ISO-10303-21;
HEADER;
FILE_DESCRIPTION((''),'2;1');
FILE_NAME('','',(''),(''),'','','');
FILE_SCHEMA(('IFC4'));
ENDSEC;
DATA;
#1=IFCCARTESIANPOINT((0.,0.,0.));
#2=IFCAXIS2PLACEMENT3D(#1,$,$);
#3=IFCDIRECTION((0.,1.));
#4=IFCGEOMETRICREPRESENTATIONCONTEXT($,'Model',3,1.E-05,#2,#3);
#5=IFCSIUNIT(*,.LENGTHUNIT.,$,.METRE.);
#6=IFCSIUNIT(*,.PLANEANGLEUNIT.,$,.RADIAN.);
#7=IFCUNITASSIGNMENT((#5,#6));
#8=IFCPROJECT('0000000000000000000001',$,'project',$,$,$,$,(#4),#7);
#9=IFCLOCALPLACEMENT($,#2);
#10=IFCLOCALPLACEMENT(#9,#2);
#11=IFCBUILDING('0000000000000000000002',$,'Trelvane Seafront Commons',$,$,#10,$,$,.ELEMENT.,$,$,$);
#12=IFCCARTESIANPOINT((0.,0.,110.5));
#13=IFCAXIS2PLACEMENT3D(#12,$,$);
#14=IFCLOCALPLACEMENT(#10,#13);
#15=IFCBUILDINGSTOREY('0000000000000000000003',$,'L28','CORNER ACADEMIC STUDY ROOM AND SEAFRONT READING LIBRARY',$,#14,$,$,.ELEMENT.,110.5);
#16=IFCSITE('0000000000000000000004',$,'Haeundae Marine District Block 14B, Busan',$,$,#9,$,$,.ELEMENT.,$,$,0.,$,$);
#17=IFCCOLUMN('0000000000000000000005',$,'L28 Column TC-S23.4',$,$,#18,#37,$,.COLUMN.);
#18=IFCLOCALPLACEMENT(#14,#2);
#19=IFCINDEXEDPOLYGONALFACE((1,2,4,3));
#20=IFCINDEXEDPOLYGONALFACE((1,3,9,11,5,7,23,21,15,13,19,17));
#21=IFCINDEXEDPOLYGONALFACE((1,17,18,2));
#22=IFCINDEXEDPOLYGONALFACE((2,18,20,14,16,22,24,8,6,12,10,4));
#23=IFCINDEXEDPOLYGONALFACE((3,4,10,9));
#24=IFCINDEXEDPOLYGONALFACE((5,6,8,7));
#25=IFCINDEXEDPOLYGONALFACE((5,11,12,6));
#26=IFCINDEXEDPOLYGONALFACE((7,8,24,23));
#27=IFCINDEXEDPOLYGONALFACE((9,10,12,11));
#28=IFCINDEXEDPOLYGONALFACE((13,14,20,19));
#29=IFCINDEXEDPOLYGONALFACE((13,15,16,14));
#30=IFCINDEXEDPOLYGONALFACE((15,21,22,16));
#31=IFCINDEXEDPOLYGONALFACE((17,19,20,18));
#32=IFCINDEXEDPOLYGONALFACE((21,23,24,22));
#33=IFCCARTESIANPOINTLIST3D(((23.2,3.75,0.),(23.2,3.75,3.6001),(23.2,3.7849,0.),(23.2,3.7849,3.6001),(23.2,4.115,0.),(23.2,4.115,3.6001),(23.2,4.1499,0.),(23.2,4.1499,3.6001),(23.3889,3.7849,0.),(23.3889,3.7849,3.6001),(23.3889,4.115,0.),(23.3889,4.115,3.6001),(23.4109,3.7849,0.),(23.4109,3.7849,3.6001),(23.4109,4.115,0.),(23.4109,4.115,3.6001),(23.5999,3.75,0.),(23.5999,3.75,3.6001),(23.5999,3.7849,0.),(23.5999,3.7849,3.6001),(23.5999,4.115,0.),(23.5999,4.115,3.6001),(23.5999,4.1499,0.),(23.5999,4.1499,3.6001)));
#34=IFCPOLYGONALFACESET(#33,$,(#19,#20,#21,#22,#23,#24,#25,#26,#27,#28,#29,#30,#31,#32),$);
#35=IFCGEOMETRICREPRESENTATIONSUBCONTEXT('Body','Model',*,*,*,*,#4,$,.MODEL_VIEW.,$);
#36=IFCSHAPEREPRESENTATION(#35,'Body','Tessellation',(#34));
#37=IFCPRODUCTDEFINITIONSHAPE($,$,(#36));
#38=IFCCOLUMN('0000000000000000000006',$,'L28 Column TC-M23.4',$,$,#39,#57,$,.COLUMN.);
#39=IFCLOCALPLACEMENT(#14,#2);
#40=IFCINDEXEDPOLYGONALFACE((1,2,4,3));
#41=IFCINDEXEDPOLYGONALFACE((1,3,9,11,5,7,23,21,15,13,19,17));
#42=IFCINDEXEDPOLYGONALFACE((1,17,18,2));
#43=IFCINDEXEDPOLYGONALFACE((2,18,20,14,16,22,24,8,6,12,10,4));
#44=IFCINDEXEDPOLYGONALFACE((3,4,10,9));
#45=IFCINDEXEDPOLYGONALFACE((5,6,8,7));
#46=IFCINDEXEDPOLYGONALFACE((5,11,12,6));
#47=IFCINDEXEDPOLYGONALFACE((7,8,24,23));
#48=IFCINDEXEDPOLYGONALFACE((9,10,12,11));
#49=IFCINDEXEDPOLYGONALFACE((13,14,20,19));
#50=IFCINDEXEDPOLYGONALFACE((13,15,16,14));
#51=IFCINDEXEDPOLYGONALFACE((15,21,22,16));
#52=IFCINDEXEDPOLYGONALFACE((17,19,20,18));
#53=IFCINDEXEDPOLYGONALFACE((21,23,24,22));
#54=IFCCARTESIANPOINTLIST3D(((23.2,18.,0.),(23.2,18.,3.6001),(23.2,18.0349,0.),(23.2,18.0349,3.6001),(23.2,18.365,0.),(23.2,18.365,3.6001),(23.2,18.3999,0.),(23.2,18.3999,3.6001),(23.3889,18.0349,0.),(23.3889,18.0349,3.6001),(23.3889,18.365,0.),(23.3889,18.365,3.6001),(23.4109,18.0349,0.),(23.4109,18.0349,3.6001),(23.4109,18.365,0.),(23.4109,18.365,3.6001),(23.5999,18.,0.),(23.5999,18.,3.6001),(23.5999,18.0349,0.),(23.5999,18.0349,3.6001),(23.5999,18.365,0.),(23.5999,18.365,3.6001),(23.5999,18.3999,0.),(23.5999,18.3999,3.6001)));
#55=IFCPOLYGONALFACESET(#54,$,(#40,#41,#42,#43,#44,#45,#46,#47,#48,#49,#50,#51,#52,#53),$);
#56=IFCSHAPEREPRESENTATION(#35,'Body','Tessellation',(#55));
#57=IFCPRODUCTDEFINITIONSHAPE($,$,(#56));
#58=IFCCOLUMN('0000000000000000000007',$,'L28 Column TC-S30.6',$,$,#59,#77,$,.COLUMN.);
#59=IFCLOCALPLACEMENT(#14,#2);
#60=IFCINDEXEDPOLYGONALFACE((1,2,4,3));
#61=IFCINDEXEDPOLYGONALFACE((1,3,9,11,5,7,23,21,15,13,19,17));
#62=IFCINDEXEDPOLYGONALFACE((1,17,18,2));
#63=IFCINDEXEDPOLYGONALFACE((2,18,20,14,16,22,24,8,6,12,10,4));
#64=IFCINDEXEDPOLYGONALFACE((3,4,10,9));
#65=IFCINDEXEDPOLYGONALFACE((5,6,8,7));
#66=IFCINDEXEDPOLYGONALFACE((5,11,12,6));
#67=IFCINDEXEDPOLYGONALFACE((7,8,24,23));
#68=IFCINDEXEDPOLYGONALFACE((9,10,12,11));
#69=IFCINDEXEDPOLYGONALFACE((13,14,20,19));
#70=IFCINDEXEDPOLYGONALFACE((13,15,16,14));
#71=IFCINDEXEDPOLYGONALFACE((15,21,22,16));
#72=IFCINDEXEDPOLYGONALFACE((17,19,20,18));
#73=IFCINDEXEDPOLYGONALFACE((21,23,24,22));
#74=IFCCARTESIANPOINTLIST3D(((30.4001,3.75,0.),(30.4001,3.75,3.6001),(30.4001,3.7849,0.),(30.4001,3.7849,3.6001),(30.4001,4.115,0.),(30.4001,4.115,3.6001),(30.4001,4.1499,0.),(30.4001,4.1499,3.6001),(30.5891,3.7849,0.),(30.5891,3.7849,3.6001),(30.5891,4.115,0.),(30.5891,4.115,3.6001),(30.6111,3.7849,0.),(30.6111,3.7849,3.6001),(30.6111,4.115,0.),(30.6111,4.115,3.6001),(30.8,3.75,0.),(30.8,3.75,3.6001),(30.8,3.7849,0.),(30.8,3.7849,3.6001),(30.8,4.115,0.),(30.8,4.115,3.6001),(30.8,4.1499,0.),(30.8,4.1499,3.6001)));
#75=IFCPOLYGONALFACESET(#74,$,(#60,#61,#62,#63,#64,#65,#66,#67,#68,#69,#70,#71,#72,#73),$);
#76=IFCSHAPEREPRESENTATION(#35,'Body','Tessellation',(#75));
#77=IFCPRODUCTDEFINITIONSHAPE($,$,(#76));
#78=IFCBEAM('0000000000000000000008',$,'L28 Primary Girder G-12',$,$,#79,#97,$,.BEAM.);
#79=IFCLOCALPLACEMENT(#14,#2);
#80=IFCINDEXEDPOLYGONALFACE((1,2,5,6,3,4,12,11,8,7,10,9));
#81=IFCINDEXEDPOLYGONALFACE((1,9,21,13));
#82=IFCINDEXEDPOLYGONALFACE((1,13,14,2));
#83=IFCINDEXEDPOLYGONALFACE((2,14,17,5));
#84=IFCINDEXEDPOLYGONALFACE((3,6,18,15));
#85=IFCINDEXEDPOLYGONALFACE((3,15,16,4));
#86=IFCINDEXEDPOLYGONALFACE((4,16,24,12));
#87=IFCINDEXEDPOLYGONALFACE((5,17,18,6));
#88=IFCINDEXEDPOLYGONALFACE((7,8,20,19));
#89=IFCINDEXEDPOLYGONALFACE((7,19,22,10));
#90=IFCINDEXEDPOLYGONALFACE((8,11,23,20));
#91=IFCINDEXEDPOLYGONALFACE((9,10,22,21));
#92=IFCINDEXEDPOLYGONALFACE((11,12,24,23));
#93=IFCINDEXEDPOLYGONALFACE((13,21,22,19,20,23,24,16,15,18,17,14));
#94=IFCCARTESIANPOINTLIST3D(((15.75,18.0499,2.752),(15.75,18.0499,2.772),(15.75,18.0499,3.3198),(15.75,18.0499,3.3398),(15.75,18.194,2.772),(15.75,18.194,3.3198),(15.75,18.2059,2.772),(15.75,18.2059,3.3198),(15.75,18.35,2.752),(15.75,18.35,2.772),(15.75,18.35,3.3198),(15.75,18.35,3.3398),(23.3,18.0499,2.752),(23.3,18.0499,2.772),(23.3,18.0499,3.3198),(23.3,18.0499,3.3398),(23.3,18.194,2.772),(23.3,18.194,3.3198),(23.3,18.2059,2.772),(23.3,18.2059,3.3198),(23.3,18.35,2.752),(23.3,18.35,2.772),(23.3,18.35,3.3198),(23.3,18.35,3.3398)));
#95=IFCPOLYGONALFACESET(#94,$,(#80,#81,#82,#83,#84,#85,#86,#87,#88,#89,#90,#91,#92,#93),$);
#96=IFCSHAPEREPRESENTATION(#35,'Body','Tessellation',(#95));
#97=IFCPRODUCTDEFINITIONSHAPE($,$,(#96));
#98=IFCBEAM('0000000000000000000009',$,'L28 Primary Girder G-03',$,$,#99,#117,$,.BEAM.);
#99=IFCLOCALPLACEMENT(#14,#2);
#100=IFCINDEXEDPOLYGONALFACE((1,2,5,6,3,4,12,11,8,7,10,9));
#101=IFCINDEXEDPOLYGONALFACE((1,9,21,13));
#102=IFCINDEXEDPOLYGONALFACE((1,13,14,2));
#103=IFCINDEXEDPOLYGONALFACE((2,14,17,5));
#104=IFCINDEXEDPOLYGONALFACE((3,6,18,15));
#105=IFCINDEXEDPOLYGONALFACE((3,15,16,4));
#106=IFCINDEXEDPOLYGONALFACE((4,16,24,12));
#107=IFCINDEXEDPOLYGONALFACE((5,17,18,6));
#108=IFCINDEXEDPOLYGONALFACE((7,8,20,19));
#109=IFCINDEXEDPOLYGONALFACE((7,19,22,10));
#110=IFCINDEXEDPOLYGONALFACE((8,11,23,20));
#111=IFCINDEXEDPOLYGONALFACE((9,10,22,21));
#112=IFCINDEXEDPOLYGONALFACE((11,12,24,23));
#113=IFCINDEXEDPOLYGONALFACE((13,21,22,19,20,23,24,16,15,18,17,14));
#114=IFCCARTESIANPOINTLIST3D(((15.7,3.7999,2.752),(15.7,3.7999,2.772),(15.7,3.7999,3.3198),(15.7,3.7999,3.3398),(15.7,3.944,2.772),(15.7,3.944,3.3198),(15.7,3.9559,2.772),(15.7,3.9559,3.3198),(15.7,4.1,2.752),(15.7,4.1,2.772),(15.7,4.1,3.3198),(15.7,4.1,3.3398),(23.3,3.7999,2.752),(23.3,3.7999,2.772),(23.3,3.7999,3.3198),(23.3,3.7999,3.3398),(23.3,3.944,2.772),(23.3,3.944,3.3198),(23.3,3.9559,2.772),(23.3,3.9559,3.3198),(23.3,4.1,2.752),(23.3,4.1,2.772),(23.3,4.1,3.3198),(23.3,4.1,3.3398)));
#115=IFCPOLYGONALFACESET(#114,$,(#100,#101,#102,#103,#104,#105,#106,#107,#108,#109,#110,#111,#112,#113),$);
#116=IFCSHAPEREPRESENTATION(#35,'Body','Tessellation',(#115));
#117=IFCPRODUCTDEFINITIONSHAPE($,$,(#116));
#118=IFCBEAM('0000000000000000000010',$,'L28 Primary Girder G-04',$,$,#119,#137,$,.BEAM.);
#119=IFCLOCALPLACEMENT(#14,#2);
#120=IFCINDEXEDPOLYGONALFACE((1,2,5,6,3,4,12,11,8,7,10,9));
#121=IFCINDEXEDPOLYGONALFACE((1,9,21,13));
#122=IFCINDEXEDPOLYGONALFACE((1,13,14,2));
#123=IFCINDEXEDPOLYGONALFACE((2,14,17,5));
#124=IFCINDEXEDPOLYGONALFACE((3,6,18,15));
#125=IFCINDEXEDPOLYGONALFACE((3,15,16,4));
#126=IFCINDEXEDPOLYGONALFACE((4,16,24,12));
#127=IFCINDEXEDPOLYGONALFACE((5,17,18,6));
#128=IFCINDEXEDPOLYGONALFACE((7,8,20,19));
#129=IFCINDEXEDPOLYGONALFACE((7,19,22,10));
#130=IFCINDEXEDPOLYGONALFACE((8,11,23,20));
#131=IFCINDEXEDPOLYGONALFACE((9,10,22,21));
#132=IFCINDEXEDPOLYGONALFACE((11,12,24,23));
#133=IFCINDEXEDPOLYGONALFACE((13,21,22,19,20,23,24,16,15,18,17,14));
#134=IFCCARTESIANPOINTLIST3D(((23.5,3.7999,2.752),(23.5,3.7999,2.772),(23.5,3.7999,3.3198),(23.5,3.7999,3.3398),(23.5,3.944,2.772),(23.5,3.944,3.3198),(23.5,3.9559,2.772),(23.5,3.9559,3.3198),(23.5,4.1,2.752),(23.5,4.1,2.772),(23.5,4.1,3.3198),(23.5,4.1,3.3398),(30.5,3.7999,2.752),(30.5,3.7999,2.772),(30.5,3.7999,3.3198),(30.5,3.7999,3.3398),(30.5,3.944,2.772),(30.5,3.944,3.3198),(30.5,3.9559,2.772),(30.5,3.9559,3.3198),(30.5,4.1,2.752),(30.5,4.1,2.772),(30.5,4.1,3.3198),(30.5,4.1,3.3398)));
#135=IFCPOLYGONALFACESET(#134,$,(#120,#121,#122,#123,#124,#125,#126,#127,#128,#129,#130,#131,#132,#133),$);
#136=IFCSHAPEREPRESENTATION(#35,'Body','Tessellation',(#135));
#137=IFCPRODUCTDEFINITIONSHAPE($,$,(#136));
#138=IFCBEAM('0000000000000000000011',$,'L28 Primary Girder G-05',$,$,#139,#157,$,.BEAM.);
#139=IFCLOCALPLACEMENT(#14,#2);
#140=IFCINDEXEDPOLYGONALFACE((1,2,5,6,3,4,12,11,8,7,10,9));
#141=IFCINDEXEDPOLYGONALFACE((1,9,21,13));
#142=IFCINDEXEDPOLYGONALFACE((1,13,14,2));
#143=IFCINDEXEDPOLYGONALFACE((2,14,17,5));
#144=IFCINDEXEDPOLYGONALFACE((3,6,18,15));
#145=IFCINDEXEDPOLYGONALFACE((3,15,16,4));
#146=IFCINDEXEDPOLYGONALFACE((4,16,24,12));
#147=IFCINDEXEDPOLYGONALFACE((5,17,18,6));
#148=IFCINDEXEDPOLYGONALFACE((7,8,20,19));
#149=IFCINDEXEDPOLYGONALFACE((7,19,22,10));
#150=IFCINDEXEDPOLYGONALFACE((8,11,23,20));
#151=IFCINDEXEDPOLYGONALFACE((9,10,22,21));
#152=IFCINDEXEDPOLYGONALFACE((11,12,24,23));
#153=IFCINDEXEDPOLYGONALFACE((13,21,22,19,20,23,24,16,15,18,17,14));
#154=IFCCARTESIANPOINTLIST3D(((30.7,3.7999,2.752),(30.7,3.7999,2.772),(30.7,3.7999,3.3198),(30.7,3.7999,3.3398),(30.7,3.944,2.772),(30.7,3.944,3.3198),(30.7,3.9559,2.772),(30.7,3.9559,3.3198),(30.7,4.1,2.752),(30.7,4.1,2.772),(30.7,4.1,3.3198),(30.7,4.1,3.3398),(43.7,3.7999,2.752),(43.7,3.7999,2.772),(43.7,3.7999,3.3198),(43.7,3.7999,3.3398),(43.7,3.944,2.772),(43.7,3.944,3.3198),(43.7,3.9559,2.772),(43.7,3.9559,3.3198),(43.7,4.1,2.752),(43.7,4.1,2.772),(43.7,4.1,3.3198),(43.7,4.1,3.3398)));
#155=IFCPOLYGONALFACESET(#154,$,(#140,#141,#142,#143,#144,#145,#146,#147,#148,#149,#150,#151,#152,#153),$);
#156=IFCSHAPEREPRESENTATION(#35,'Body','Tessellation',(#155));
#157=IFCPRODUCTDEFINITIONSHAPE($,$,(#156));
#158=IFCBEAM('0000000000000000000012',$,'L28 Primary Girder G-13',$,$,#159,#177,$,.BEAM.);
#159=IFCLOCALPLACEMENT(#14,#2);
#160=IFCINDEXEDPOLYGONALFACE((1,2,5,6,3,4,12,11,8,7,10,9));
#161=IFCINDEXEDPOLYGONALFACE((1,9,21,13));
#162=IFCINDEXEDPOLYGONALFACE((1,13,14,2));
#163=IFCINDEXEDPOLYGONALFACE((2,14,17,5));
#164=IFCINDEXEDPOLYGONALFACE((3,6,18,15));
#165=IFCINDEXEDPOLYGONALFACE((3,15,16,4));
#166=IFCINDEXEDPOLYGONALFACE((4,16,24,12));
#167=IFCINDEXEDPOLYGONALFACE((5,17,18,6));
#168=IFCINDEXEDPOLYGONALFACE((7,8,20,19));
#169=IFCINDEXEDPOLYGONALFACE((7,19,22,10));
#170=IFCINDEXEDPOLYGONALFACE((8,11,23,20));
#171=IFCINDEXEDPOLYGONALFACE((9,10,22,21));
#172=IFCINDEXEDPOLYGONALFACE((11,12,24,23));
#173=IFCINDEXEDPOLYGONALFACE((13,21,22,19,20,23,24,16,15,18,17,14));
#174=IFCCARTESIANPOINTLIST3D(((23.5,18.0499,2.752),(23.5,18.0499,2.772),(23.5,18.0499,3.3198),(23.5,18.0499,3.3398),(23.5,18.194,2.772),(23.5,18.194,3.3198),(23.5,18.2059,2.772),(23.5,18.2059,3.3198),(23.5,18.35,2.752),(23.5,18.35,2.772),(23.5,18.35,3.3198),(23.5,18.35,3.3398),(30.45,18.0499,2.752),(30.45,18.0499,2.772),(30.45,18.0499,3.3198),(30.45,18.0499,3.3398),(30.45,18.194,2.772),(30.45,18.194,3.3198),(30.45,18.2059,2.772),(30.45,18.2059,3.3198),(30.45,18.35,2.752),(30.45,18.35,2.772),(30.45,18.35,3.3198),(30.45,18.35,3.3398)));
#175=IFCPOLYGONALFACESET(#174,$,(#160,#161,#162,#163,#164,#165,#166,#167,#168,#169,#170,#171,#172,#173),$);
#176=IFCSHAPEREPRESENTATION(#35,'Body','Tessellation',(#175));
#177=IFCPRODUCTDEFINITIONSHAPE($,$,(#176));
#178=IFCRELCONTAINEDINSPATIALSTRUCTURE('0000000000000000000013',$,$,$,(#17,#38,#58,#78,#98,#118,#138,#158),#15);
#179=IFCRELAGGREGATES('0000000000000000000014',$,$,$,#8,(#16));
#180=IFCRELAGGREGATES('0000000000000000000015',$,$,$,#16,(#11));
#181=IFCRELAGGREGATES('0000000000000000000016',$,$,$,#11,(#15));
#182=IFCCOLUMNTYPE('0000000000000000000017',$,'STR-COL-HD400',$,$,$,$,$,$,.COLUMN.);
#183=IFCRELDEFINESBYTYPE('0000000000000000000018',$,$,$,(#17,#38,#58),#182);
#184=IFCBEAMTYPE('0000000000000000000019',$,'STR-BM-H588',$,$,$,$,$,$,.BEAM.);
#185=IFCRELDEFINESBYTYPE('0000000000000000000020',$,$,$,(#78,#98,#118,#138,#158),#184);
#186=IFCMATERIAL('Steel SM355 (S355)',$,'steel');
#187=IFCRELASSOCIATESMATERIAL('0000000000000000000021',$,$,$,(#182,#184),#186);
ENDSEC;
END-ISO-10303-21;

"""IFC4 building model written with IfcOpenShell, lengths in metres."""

from ifc_helpers import new_model, si_unit, direction, frame, origin, origin_2d, place, context, subcontext, project, spatial, i_section, extrude, source, transform, mapped, material, material_profile, profile_set, type_object, element, save


model = new_model("IFC4")

# Units and contexts
model_context = context("Model", 3, precision=1e-05, world=origin(), true_north=direction((0.0, 1.0)))
body_context = subcontext(model_context, "Body", "Model", "MODEL_VIEW")
ifc_project = project(units=[si_unit("LENGTHUNIT", "METRE"), si_unit("PLANEANGLEUNIT", "RADIAN")], contexts=[model_context])

# Site, building, storey
site_placement = place(None, origin())
site = spatial("IfcSite", under=ifc_project, at=site_placement, Name="Haeundae Marine District Block 14B, Busan", CompositionType="ELEMENT", RefElevation=0.0)
building_placement = place(site_placement, origin())
building = spatial("IfcBuilding", under=site, at=building_placement, Name="Trelvane Seafront Commons", CompositionType="ELEMENT")
storey_placement = place(building_placement, frame((0.0, 0.0, 110.5)))
storey = spatial("IfcBuildingStorey", under=building, at=storey_placement, Name="L28", Description="CORNER ACADEMIC STUDY ROOM AND SEAFRONT READING LIBRARY", CompositionType="ELEMENT", Elevation=110.5)

# Columns
ifc_material_1 = material(Name="Steel SM355 (S355)", Category="steel")
ifc_material_profile_1 = material_profile(ifc_material_1, i_section(OverallWidth=0.3999, OverallDepth=0.3999, WebThickness=0.022, FlangeThickness=0.0349, at=origin_2d()), Name="HD-400x400x22x35")
ifc_profile_set_1 = profile_set([ifc_material_profile_1], Name="Steel SM355 (S355)")
column_type = type_object("IfcColumnType", Name="STR-COL-HD400", PredefinedType="COLUMN", material=ifc_profile_set_1)
shared_shape_1 = source(origin(), body_context, "Body", "SweptSolid", [
    extrude(i_section(OverallWidth=0.3999, OverallDepth=0.3999, WebThickness=0.022, FlangeThickness=0.0349, at=origin_2d()), origin(), (0.0, 0.0, 1.0), 3.6001),
])
for number, where, z_axis, x_axis, name in (
    (1, (23.3999, 3.95, 0.0), (0.0, 0.0, 1.0), (1.0, 0.0, 0.0), "L28 Column TC-S23.4"),
    (2, (23.3999, 18.2, 0.0), (0.0, 0.0, 1.0), (1.0, 0.0, 0.0), "L28 Column TC-M23.4"),
    (3, (30.6001, 3.95, 0.0), (0.0, 0.0, 1.0), (1.0, 0.0, 0.0), "L28 Column TC-S30.6"),
):
    element("IfcColumn", number, at=place(storey_placement, frame(where, z_axis=z_axis, x_axis=x_axis)), inside=storey, type_object=column_type, Name=name, PredefinedType="COLUMN", context=body_context, shape_type="MappedRepresentation", body=[
        mapped(shared_shape_1, transform((0.0, 0.0, 0.0), x_axis=(1.0, 0.0, 0.0), y_axis=(0.0, 1.0, 0.0), z_axis=(0.0, 0.0, 1.0), scale=1.0)),
    ])

# Beams
ifc_material_profile_2 = material_profile(ifc_material_1, i_section(OverallWidth=0.3, OverallDepth=0.5879, WebThickness=0.012, FlangeThickness=0.02, at=origin_2d()), Name="H-588x300x12x20")
ifc_profile_set_2 = profile_set([ifc_material_profile_2], Name="Steel SM355 (S355)")
beam_type_1 = type_object("IfcBeamType", Name="STR-BM-H588", PredefinedType="BEAM", material=ifc_profile_set_2)
shared_shape_2 = source(origin(), body_context, "Body", "SweptSolid", [
    extrude(i_section(OverallWidth=0.3, OverallDepth=0.5879, WebThickness=0.012, FlangeThickness=0.02, at=origin_2d()), origin(), (0.0, 0.0, 1.0), 7.55),
])
beam_1_placement = place(storey_placement, frame((15.75, 18.2, 3.0459), z_axis=(1.0, 0.0, 0.0), x_axis=(0.0, 1.0, 0.0)))
element("IfcBeam", 4, at=beam_1_placement, inside=storey, type_object=beam_type_1, Name="L28 Primary Girder G-12", PredefinedType="BEAM", context=body_context, shape_type="MappedRepresentation", body=[
    mapped(shared_shape_2, transform((0.0, 0.0, 0.0), x_axis=(1.0, 0.0, 0.0), y_axis=(0.0, 1.0, 0.0), z_axis=(0.0, 0.0, 1.0), scale=1.0)),
])
shared_shape_3 = source(origin(), body_context, "Body", "SweptSolid", [
    extrude(i_section(OverallWidth=0.3, OverallDepth=0.5879, WebThickness=0.012, FlangeThickness=0.02, at=origin_2d()), origin(), (0.0, 0.0, 1.0), 7.6001),
])
beam_2_placement = place(storey_placement, frame((15.7, 3.95, 3.0459), z_axis=(1.0, 0.0, 0.0), x_axis=(0.0, 1.0, 0.0)))
element("IfcBeam", 5, at=beam_2_placement, inside=storey, type_object=beam_type_1, Name="L28 Primary Girder G-03", PredefinedType="BEAM", context=body_context, shape_type="MappedRepresentation", body=[
    mapped(shared_shape_3, transform((0.0, 0.0, 0.0), x_axis=(1.0, 0.0, 0.0), y_axis=(0.0, 1.0, 0.0), z_axis=(0.0, 0.0, 1.0), scale=1.0)),
])
shared_shape_4 = source(origin(), body_context, "Body", "SweptSolid", [
    extrude(i_section(OverallWidth=0.3, OverallDepth=0.5879, WebThickness=0.012, FlangeThickness=0.02, at=origin_2d()), origin(), (0.0, 0.0, 1.0), 7.0),
])
beam_3_placement = place(storey_placement, frame((23.5, 3.95, 3.0459), z_axis=(1.0, 0.0, 0.0), x_axis=(0.0, 1.0, 0.0)))
element("IfcBeam", 6, at=beam_3_placement, inside=storey, type_object=beam_type_1, Name="L28 Primary Girder G-04", PredefinedType="BEAM", context=body_context, shape_type="MappedRepresentation", body=[
    mapped(shared_shape_4, transform((0.0, 0.0, 0.0), x_axis=(1.0, 0.0, 0.0), y_axis=(0.0, 1.0, 0.0), z_axis=(0.0, 0.0, 1.0), scale=1.0)),
])
shared_shape_5 = source(origin(), body_context, "Body", "SweptSolid", [
    extrude(i_section(OverallWidth=0.3, OverallDepth=0.5879, WebThickness=0.012, FlangeThickness=0.02, at=origin_2d()), origin(), (0.0, 0.0, 1.0), 13.0),
])
beam_4_placement = place(storey_placement, frame((30.7, 3.95, 3.0459), z_axis=(1.0, 0.0, 0.0), x_axis=(0.0, 1.0, 0.0)))
element("IfcBeam", 7, at=beam_4_placement, inside=storey, type_object=beam_type_1, Name="L28 Primary Girder G-05", PredefinedType="BEAM", context=body_context, shape_type="MappedRepresentation", body=[
    mapped(shared_shape_5, transform((0.0, 0.0, 0.0), x_axis=(1.0, 0.0, 0.0), y_axis=(0.0, 1.0, 0.0), z_axis=(0.0, 0.0, 1.0), scale=1.0)),
])
shared_shape_6 = source(origin(), body_context, "Body", "SweptSolid", [
    extrude(i_section(OverallWidth=0.3, OverallDepth=0.5879, WebThickness=0.012, FlangeThickness=0.02, at=origin_2d()), origin(), (0.0, 0.0, 1.0), 6.95),
])
beam_5_placement = place(storey_placement, frame((23.5, 18.2, 3.0459), z_axis=(1.0, 0.0, 0.0), x_axis=(0.0, 1.0, 0.0)))
element("IfcBeam", 8, at=beam_5_placement, inside=storey, type_object=beam_type_1, Name="L28 Primary Girder G-13", PredefinedType="BEAM", context=body_context, shape_type="MappedRepresentation", body=[
    mapped(shared_shape_6, transform((0.0, 0.0, 0.0), x_axis=(1.0, 0.0, 0.0), y_axis=(0.0, 1.0, 0.0), z_axis=(0.0, 0.0, 1.0), scale=1.0)),
])

save(model, "model.ifc")
